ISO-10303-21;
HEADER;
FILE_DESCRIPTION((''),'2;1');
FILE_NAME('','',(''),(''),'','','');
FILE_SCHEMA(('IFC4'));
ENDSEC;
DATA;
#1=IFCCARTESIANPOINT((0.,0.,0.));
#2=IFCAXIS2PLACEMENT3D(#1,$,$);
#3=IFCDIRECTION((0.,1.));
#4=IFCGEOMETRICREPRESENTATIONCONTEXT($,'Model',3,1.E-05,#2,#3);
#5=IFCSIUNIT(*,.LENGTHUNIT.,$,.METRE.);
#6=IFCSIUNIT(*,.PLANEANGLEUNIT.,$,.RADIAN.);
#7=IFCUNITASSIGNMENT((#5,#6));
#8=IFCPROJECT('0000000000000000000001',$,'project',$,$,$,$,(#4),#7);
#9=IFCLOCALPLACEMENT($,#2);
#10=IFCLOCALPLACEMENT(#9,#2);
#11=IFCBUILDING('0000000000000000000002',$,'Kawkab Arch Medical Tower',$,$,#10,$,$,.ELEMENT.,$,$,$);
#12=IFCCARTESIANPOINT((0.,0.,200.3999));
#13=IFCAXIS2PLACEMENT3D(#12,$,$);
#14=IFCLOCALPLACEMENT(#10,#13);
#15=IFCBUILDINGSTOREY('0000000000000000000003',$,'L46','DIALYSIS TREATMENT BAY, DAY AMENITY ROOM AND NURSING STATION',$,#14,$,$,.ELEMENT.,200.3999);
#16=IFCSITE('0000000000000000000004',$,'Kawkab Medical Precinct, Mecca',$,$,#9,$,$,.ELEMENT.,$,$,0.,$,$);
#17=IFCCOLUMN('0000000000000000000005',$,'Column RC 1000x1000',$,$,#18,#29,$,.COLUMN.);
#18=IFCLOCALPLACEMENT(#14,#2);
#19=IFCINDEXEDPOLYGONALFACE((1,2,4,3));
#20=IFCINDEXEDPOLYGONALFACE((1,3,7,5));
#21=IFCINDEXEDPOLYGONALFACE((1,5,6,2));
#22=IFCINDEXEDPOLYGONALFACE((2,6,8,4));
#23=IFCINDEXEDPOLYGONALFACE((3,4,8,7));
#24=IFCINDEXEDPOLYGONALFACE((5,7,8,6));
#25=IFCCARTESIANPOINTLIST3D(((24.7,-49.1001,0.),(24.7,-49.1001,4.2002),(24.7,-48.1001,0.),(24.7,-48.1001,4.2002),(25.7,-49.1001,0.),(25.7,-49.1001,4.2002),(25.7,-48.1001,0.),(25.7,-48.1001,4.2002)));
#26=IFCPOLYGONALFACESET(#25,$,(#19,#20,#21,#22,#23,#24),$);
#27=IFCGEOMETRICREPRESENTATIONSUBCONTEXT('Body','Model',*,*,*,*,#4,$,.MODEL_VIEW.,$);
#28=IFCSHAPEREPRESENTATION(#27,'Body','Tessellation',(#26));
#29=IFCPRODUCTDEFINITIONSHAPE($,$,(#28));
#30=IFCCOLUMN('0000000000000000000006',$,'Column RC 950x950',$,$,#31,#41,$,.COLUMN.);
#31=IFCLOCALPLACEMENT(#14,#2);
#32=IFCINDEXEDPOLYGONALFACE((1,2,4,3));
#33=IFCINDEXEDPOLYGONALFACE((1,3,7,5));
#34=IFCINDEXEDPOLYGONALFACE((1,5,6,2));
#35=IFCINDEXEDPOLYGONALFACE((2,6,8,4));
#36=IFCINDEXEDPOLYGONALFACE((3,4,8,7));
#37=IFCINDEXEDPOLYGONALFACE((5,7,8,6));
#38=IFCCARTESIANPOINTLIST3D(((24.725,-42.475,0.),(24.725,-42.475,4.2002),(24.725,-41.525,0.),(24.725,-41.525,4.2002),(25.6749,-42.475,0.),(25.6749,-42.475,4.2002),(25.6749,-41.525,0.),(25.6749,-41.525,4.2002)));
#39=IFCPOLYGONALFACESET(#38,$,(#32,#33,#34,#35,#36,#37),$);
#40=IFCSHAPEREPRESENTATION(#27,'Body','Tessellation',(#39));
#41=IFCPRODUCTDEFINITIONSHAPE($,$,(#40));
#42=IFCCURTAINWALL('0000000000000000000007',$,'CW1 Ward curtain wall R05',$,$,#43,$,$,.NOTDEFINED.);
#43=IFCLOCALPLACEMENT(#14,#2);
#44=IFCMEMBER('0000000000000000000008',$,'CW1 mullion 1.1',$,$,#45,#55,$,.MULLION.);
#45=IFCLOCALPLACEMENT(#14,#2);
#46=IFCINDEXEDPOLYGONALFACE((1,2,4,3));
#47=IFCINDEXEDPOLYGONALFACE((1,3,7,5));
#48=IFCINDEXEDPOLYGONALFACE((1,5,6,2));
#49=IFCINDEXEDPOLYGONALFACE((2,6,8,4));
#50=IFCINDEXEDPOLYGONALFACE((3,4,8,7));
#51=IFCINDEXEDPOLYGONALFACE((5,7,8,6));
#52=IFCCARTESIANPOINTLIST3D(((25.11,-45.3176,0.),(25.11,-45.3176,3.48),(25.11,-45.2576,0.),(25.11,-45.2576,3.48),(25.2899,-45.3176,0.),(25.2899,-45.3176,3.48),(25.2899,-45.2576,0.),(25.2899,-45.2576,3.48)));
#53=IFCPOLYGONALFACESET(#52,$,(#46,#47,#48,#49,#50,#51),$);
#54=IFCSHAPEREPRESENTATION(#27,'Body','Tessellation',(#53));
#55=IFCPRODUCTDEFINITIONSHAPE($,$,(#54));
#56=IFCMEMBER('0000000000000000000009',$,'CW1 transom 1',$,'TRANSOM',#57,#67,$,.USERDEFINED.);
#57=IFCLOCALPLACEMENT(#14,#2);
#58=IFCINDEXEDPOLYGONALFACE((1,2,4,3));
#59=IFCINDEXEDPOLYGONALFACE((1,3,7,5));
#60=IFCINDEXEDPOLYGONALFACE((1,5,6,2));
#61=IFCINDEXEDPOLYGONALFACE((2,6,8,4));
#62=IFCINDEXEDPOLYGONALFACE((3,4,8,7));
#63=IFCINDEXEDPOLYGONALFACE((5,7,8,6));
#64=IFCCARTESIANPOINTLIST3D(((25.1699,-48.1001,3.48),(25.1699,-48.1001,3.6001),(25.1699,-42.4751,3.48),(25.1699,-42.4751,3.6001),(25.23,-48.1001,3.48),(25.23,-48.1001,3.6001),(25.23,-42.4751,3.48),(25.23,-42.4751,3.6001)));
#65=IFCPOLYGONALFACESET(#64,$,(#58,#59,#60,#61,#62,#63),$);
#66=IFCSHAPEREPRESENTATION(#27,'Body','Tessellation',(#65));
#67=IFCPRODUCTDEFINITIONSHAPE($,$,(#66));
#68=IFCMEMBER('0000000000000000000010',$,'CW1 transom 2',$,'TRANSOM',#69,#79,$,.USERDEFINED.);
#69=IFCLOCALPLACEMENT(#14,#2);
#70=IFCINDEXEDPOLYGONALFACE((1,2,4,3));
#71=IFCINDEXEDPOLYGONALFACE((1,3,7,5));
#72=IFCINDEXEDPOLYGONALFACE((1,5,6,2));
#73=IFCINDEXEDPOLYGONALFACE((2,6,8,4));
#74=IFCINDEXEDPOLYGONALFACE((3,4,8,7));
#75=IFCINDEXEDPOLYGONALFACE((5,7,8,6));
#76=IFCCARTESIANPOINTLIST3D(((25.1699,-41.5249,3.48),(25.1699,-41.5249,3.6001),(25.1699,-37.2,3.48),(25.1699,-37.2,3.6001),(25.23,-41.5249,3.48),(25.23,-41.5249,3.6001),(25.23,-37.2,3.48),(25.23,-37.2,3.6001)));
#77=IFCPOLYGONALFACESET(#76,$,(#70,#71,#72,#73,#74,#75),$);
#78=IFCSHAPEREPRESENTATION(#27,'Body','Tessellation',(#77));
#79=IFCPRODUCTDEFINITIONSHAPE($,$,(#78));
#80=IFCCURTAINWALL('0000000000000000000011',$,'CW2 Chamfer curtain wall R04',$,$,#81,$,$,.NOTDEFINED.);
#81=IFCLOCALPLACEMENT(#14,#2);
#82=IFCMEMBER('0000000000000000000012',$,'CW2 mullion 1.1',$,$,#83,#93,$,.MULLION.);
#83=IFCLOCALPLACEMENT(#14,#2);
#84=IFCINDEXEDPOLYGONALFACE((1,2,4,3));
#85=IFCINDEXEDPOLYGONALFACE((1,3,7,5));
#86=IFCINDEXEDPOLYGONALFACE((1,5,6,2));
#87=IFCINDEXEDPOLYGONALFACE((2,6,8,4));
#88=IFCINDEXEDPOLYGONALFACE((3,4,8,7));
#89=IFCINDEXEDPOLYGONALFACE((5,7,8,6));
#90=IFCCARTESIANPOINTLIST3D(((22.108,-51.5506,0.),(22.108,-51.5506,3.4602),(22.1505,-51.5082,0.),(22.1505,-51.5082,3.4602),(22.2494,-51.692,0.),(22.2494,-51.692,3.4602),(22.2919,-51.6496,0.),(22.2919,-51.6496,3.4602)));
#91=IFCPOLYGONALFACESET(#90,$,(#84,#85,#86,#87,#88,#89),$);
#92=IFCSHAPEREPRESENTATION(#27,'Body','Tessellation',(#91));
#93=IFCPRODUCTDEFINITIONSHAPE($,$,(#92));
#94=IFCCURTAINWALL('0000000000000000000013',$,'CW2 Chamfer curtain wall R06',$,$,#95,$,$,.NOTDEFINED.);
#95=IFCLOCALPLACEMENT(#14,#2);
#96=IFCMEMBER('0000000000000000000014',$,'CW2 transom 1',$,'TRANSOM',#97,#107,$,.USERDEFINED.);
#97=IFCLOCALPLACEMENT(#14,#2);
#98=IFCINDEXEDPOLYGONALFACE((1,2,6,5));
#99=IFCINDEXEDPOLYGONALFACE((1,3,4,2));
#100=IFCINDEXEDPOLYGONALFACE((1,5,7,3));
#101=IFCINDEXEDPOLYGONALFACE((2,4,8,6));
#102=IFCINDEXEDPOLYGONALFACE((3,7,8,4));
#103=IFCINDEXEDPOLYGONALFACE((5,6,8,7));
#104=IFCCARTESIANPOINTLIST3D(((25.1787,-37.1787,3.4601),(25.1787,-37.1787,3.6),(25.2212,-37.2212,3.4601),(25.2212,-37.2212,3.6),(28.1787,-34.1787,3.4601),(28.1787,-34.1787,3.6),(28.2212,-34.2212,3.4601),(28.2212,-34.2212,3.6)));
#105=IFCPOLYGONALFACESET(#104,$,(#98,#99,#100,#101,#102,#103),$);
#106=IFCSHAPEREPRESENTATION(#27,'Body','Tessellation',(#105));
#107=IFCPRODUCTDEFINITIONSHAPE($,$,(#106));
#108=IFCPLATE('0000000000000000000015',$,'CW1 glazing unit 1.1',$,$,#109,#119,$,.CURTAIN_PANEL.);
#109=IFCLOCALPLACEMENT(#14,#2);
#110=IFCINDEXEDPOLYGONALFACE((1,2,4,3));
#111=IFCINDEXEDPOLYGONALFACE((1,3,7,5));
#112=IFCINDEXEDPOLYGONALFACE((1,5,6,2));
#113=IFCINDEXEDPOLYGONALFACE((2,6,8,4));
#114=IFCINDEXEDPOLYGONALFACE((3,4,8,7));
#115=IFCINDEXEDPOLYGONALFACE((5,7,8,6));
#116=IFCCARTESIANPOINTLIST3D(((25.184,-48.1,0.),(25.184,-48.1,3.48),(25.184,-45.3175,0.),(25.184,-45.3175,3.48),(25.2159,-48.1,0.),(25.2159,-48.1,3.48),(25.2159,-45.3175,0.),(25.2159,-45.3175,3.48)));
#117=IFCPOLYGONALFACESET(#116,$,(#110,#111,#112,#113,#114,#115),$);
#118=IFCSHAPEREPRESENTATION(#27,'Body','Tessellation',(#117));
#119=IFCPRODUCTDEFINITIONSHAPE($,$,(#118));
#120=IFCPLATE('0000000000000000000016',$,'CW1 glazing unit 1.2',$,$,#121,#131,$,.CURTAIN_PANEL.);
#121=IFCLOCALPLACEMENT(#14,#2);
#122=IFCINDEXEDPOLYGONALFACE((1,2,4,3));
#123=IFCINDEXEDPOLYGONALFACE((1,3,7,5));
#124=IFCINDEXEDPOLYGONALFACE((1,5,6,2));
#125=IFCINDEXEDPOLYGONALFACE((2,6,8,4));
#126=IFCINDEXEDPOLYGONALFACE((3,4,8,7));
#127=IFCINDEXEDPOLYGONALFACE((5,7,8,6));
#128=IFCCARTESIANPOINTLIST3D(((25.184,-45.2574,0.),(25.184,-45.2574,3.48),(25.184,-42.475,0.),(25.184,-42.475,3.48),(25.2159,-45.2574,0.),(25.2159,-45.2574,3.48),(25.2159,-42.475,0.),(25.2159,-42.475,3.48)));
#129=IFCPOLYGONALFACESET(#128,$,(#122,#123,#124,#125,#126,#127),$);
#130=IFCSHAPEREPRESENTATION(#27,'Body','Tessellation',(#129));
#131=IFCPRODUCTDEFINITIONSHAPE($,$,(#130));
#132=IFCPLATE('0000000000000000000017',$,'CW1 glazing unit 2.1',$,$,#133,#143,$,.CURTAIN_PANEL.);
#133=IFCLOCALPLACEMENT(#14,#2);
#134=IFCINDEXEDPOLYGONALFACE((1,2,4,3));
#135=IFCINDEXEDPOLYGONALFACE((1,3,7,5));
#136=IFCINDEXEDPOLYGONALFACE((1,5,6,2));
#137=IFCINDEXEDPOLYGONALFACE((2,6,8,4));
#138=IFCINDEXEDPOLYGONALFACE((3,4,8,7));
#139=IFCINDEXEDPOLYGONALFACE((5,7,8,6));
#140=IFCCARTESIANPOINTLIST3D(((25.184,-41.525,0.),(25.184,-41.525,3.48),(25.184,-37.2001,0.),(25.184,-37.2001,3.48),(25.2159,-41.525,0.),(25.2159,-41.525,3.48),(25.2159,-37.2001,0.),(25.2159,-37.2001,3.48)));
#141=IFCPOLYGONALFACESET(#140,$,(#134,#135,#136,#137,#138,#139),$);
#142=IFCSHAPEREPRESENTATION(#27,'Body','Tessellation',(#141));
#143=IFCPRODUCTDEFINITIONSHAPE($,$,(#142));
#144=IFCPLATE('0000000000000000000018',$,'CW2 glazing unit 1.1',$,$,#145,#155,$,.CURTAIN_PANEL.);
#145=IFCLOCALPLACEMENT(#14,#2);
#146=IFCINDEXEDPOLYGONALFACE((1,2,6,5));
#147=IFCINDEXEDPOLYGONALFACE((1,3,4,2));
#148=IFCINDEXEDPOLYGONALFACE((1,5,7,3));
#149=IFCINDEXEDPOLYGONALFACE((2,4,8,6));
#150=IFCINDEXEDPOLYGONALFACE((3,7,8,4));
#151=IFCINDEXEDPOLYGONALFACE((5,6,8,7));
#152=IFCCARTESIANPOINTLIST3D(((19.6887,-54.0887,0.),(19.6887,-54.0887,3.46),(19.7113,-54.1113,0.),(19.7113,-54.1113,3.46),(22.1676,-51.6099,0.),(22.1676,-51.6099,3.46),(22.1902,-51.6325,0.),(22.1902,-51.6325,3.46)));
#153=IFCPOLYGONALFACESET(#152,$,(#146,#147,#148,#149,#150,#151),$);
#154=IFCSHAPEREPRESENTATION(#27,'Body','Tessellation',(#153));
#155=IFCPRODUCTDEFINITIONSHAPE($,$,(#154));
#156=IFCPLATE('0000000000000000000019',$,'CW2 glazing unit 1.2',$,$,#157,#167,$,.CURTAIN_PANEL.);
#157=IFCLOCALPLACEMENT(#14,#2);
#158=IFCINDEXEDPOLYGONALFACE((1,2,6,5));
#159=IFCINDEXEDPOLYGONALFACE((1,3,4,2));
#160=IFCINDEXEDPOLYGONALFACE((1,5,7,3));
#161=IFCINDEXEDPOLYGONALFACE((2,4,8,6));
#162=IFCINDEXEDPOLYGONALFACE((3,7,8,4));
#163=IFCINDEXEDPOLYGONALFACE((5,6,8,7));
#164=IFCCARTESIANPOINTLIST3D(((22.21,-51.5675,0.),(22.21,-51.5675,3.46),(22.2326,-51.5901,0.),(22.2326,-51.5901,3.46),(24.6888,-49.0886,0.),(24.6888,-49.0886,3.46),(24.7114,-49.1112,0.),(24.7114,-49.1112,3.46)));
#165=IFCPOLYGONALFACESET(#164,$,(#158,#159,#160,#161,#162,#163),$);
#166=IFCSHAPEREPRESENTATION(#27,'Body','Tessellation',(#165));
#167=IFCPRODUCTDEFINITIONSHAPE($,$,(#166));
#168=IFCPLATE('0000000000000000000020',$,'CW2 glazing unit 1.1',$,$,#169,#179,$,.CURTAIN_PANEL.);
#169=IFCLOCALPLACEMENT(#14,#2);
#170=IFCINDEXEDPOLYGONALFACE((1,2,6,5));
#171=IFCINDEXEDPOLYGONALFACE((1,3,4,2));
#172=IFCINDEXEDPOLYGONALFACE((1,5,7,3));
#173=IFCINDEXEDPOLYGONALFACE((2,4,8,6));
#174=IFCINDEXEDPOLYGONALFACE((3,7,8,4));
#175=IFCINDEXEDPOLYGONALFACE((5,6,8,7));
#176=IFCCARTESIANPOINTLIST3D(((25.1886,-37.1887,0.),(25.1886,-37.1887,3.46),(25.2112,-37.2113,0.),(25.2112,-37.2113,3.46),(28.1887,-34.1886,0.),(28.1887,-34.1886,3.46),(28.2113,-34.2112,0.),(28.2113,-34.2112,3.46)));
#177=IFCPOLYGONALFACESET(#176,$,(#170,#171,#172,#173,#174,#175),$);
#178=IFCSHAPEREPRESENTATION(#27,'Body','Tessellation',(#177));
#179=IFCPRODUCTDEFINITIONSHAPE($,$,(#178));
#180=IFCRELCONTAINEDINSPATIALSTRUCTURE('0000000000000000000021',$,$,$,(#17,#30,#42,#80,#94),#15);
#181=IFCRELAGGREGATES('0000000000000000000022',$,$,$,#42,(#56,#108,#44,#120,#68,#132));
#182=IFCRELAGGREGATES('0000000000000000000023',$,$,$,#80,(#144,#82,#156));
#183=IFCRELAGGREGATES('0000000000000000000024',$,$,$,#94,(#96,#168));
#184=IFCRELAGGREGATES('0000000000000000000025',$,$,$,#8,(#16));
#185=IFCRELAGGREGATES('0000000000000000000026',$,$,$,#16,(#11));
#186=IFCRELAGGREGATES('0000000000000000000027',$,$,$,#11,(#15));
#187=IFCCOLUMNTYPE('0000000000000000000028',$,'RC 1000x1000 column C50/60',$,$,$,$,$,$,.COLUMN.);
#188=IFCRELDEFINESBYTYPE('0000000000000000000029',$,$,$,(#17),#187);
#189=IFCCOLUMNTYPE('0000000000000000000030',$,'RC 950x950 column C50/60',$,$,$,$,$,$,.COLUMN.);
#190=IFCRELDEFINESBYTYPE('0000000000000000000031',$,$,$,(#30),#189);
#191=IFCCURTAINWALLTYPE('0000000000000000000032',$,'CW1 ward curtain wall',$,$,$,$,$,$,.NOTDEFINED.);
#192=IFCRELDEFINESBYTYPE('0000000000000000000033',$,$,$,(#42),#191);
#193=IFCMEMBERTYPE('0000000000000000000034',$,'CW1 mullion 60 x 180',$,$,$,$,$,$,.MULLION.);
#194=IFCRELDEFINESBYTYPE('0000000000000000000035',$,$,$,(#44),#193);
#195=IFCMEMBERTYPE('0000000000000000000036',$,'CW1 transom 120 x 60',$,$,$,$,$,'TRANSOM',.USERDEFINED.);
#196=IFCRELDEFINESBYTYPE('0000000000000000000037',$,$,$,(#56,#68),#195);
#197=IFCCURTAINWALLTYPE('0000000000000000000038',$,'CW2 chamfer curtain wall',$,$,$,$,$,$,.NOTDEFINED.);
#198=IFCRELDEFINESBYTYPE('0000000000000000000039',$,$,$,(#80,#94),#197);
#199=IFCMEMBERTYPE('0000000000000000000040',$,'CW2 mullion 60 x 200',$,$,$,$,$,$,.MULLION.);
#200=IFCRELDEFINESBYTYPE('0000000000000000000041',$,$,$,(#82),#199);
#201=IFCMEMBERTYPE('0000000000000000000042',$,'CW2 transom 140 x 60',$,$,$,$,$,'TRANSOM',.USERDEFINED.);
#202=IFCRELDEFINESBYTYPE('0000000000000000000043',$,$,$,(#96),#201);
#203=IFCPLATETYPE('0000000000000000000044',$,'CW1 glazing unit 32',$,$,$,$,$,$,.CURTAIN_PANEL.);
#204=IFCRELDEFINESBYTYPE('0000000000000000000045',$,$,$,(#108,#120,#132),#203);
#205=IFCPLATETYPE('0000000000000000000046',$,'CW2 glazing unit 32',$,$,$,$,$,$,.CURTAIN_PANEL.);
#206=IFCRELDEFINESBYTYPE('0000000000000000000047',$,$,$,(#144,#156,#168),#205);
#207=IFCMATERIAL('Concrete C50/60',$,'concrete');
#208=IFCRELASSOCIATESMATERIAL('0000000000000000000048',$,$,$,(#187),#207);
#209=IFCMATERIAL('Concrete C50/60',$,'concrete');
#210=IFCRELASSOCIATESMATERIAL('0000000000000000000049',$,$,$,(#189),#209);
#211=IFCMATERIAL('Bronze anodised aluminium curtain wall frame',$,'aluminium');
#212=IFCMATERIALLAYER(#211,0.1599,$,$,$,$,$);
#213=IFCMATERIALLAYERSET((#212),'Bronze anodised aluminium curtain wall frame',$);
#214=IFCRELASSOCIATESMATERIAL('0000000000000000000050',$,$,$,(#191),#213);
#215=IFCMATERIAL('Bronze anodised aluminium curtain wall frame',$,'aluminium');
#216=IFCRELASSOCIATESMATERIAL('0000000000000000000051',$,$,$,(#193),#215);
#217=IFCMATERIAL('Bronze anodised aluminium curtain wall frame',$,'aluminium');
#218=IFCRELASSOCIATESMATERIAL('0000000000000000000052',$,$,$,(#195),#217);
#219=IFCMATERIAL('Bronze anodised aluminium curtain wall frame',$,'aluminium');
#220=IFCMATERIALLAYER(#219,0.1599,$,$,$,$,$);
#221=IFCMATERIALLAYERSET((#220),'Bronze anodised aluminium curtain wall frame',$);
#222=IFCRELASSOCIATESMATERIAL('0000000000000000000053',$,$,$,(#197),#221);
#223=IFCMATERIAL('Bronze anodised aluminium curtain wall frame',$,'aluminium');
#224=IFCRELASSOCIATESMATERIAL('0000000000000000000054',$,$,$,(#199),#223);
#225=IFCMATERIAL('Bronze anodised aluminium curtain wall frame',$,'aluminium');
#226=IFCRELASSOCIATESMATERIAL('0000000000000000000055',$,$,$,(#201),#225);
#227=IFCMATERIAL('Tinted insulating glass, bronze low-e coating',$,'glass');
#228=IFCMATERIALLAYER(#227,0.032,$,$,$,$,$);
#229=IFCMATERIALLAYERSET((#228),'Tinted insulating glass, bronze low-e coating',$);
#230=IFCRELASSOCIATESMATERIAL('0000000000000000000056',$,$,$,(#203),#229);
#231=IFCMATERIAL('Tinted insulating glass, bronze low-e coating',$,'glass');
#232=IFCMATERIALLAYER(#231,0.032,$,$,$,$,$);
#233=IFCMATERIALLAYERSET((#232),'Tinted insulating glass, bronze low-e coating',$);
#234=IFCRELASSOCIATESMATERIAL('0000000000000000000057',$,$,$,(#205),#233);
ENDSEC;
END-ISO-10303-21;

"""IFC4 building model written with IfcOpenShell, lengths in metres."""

from ifc_helpers import new_model, si_unit, direction, frame, origin, origin_2d, place, context, subcontext, project, spatial, rectangle, extrude, material, layer, layer_set, material_profile, profile_set, type_object, element, aggregate, save


model = new_model("IFC4")

# Units and contexts
model_context = context("Model", 3, precision=1e-05, world=origin(), true_north=direction((0.0, 1.0)))
body_context = subcontext(model_context, "Body", "Model", "MODEL_VIEW")
ifc_project = project(units=[si_unit("LENGTHUNIT", "METRE"), si_unit("PLANEANGLEUNIT", "RADIAN")], contexts=[model_context])

# Site, building, storey
site_placement = place(None, origin())
site = spatial("IfcSite", under=ifc_project, at=site_placement, Name="Kawkab Medical Precinct, Mecca", CompositionType="ELEMENT", RefElevation=0.0)
building_placement = place(site_placement, origin())
building = spatial("IfcBuilding", under=site, at=building_placement, Name="Kawkab Arch Medical Tower", CompositionType="ELEMENT")
storey_placement = place(building_placement, frame((0.0, 0.0, 200.3999)))
storey = spatial("IfcBuildingStorey", under=building, at=storey_placement, Name="L46", Description="DIALYSIS TREATMENT BAY, DAY AMENITY ROOM AND NURSING STATION", CompositionType="ELEMENT", Elevation=200.3999)

# Columns
ifc_material_1 = material(Name="Concrete C50/60", Category="concrete")
ifc_material_profile_1 = material_profile(ifc_material_1, rectangle(XDim=1.0, YDim=1.0, at=origin_2d()), Name="RC 1000x1000")
ifc_profile_set_1 = profile_set([ifc_material_profile_1], Name="Concrete C50/60")
column_type_1 = type_object("IfcColumnType", Name="RC 1000x1000 column C50/60", PredefinedType="COLUMN", material=ifc_profile_set_1)
column_1_placement = place(storey_placement, frame((25.2, -48.6001, 0.0), z_axis=(0.0, 0.0, 1.0), x_axis=(1.0, 0.0, 0.0)))
element("IfcColumn", 1, at=column_1_placement, inside=storey, type_object=column_type_1, Name="Column RC 1000x1000", PredefinedType="COLUMN", context=body_context, shape_type="SweptSolid", body=[
    extrude(rectangle(XDim=1.0, YDim=1.0, at=origin_2d()), origin(), (0.0, 0.0, 1.0), 4.2002),
])
ifc_material_2 = material(Name="Concrete C50/60", Category="concrete")
ifc_material_profile_2 = material_profile(ifc_material_2, rectangle(XDim=0.95, YDim=0.95, at=origin_2d()), Name="RC 950x950")
ifc_profile_set_2 = profile_set([ifc_material_profile_2], Name="Concrete C50/60")
column_type_2 = type_object("IfcColumnType", Name="RC 950x950 column C50/60", PredefinedType="COLUMN", material=ifc_profile_set_2)
column_2_placement = place(storey_placement, frame((25.2, -42.0, 0.0), z_axis=(0.0, 0.0, 1.0), x_axis=(1.0, 0.0, 0.0)))
element("IfcColumn", 2, at=column_2_placement, inside=storey, type_object=column_type_2, Name="Column RC 950x950", PredefinedType="COLUMN", context=body_context, shape_type="SweptSolid", body=[
    extrude(rectangle(XDim=0.95, YDim=0.95, at=origin_2d()), origin(), (0.0, 0.0, 1.0), 4.2002),
])

# Curtain wall, members
ifc_material_3 = material(Name="Bronze anodised aluminium curtain wall frame", Category="aluminium")
ifc_layer_1 = layer(ifc_material_3, 0.1599)
ifc_layer_set_1 = layer_set([ifc_layer_1], Name="Bronze anodised aluminium curtain wall frame")
curtain_wall_type_1 = type_object("IfcCurtainWallType", Name="CW1 ward curtain wall", PredefinedType="NOTDEFINED", material=ifc_layer_set_1)
placement = place(storey_placement, origin())
curtain_wall_1 = element("IfcCurtainWall", 3, at=placement, inside=storey, type_object=curtain_wall_type_1, Name="CW1 Ward curtain wall R05", PredefinedType="NOTDEFINED")
ifc_material_4 = material(Name="Bronze anodised aluminium curtain wall frame", Category="aluminium")
ifc_material_profile_3 = material_profile(ifc_material_4, rectangle(XDim=0.1799, YDim=0.0601, at=origin_2d()), Name="AL 60x180")
ifc_profile_set_3 = profile_set([ifc_material_profile_3], Name="Bronze anodised aluminium curtain wall frame")
member_type_1 = type_object("IfcMemberType", Name="CW1 mullion 60 x 180", PredefinedType="MULLION", material=ifc_profile_set_3)
member_1_placement = place(storey_placement, frame((25.2, -45.2876, 0.0), z_axis=(0.0, 0.0, 1.0), x_axis=(-1.0, 0.0, 0.0)))
member_1 = element("IfcMember", 4, at=member_1_placement, type_object=member_type_1, Name="CW1 mullion 1.1", PredefinedType="MULLION", context=body_context, shape_type="SweptSolid", body=[
    extrude(rectangle(XDim=0.1799, YDim=0.0601, at=origin_2d()), origin(), (0.0, 0.0, 1.0), 3.48),
])
ifc_material_5 = material(Name="Bronze anodised aluminium curtain wall frame", Category="aluminium")
ifc_material_profile_4 = material_profile(ifc_material_5, rectangle(XDim=0.0601, YDim=0.1201, at=origin_2d()), Name="AL 60x120")
ifc_profile_set_4 = profile_set([ifc_material_profile_4], Name="Bronze anodised aluminium curtain wall frame")
member_type_2 = type_object("IfcMemberType", Name="CW1 transom 120 x 60", ElementType="TRANSOM", PredefinedType="USERDEFINED", material=ifc_profile_set_4)
member_2_placement = place(storey_placement, frame((25.2, -48.1001, 3.54), z_axis=(0.0, 1.0, 0.0), x_axis=(-1.0, 0.0, 0.0)))
member_2 = element("IfcMember", 5, at=member_2_placement, type_object=member_type_2, Name="CW1 transom 1", ObjectType="TRANSOM", PredefinedType="USERDEFINED", context=body_context, shape_type="SweptSolid", body=[
    extrude(rectangle(XDim=0.0601, YDim=0.1201, at=origin_2d()), origin(), (0.0, 0.0, 1.0), 5.625),
])
member_3_placement = place(storey_placement, frame((25.2, -41.5249, 3.54), z_axis=(0.0, 1.0, 0.0), x_axis=(-1.0, 0.0, 0.0)))
member_3 = element("IfcMember", 6, at=member_3_placement, type_object=member_type_2, Name="CW1 transom 2", ObjectType="TRANSOM", PredefinedType="USERDEFINED", context=body_context, shape_type="SweptSolid", body=[
    extrude(rectangle(XDim=0.0601, YDim=0.1201, at=origin_2d()), origin(), (0.0, 0.0, 1.0), 4.325),
])

# Curtain walls, members
ifc_material_6 = material(Name="Bronze anodised aluminium curtain wall frame", Category="aluminium")
ifc_layer_2 = layer(ifc_material_6, 0.1599)
ifc_layer_set_2 = layer_set([ifc_layer_2], Name="Bronze anodised aluminium curtain wall frame")
curtain_wall_type_2 = type_object("IfcCurtainWallType", Name="CW2 chamfer curtain wall", PredefinedType="NOTDEFINED", material=ifc_layer_set_2)
curtain_wall_2 = element("IfcCurtainWall", 7, at=placement, inside=storey, type_object=curtain_wall_type_2, Name="CW2 Chamfer curtain wall R04", PredefinedType="NOTDEFINED")
ifc_material_7 = material(Name="Bronze anodised aluminium curtain wall frame", Category="aluminium")
ifc_material_profile_5 = material_profile(ifc_material_7, rectangle(XDim=0.2, YDim=0.0601, at=origin_2d()), Name="AL 60x200")
ifc_profile_set_5 = profile_set([ifc_material_profile_5], Name="Bronze anodised aluminium curtain wall frame")
member_type_3 = type_object("IfcMemberType", Name="CW2 mullion 60 x 200", PredefinedType="MULLION", material=ifc_profile_set_5)
member_4_placement = place(storey_placement, frame((22.2, -51.6001, 0.0), z_axis=(0.0, 0.0, 1.0), x_axis=(-0.707107, 0.707107, 0.0)))
member_4 = element("IfcMember", 8, at=member_4_placement, type_object=member_type_3, Name="CW2 mullion 1.1", PredefinedType="MULLION", context=body_context, shape_type="SweptSolid", body=[
    extrude(rectangle(XDim=0.2, YDim=0.0601, at=origin_2d()), origin(), (0.0, 0.0, 1.0), 3.4602),
])
curtain_wall_3 = element("IfcCurtainWall", 9, at=placement, inside=storey, type_object=curtain_wall_type_2, Name="CW2 Chamfer curtain wall R06", PredefinedType="NOTDEFINED")
ifc_material_8 = material(Name="Bronze anodised aluminium curtain wall frame", Category="aluminium")
ifc_material_profile_6 = material_profile(ifc_material_8, rectangle(XDim=0.0601, YDim=0.1399, at=origin_2d()), Name="AL 60x140")
ifc_profile_set_6 = profile_set([ifc_material_profile_6], Name="Bronze anodised aluminium curtain wall frame")
member_type_4 = type_object("IfcMemberType", Name="CW2 transom 140 x 60", ElementType="TRANSOM", PredefinedType="USERDEFINED", material=ifc_profile_set_6)
member_5_placement = place(storey_placement, frame((25.2, -37.2, 3.53), z_axis=(0.707107, 0.707107, 0.0), x_axis=(-0.707107, 0.707107, 0.0)))
member_5 = element("IfcMember", 10, at=member_5_placement, type_object=member_type_4, Name="CW2 transom 1", ObjectType="TRANSOM", PredefinedType="USERDEFINED", context=body_context, shape_type="SweptSolid", body=[
    extrude(rectangle(XDim=0.0601, YDim=0.1399, at=origin_2d()), origin(), (0.0, 0.0, 1.0), 4.2427),
])

# Plates
ifc_material_9 = material(Name="Tinted insulating glass, bronze low-e coating", Category="glass")
ifc_layer_3 = layer(ifc_material_9, 0.032)
ifc_layer_set_3 = layer_set([ifc_layer_3], Name="Tinted insulating glass, bronze low-e coating")
plate_type_1 = type_object("IfcPlateType", Name="CW1 glazing unit 32", PredefinedType="CURTAIN_PANEL", material=ifc_layer_set_3)
plate_1_placement = place(storey_placement, frame((25.2, -46.7087, 0.0), z_axis=(0.0, 0.0, 1.0), x_axis=(0.0, 1.0, 0.0)))
plate_1 = element("IfcPlate", 11, at=plate_1_placement, type_object=plate_type_1, Name="CW1 glazing unit 1.1", PredefinedType="CURTAIN_PANEL", context=body_context, shape_type="SweptSolid", body=[
    extrude(rectangle(XDim=2.7825, YDim=0.032, at=origin_2d()), origin(), (0.0, 0.0, 1.0), 3.48),
])
plate_2_placement = place(storey_placement, frame((25.2, -43.8662, 0.0), z_axis=(0.0, 0.0, 1.0), x_axis=(0.0, 1.0, 0.0)))
plate_2 = element("IfcPlate", 12, at=plate_2_placement, type_object=plate_type_1, Name="CW1 glazing unit 1.2", PredefinedType="CURTAIN_PANEL", context=body_context, shape_type="SweptSolid", body=[
    extrude(rectangle(XDim=2.7825, YDim=0.032, at=origin_2d()), origin(), (0.0, 0.0, 1.0), 3.48),
])
plate_3_placement = place(storey_placement, frame((25.2, -39.3625, 0.0), z_axis=(0.0, 0.0, 1.0), x_axis=(0.0, 1.0, 0.0)))
plate_3 = element("IfcPlate", 13, at=plate_3_placement, type_object=plate_type_1, Name="CW1 glazing unit 2.1", PredefinedType="CURTAIN_PANEL", context=body_context, shape_type="SweptSolid", body=[
    extrude(rectangle(XDim=4.325, YDim=0.032, at=origin_2d()), origin(), (0.0, 0.0, 1.0), 3.48),
])
aggregate(curtain_wall_1, [member_2, plate_1, member_1, plate_2, member_3, plate_3])
ifc_material_10 = material(Name="Tinted insulating glass, bronze low-e coating", Category="glass")
ifc_layer_4 = layer(ifc_material_10, 0.032)
ifc_layer_set_4 = layer_set([ifc_layer_4], Name="Tinted insulating glass, bronze low-e coating")
plate_type_2 = type_object("IfcPlateType", Name="CW2 glazing unit 32", PredefinedType="CURTAIN_PANEL", material=ifc_layer_set_4)
plate_4_placement = place(storey_placement, frame((20.9395, -52.8606, 0.0), z_axis=(0.0, 0.0, 1.0), x_axis=(0.707107, 0.707107, 0.0)))
plate_4 = element("IfcPlate", 14, at=plate_4_placement, type_object=plate_type_2, Name="CW2 glazing unit 1.1", PredefinedType="CURTAIN_PANEL", context=body_context, shape_type="SweptSolid", body=[
    extrude(rectangle(XDim=3.5056, YDim=0.032, at=origin_2d()), origin(), (0.0, 0.0, 1.0), 3.46),
])
plate_5_placement = place(storey_placement, frame((23.4607, -50.3394, 0.0), z_axis=(0.0, 0.0, 1.0), x_axis=(0.707107, 0.707107, 0.0)))
plate_5 = element("IfcPlate", 15, at=plate_5_placement, type_object=plate_type_2, Name="CW2 glazing unit 1.2", PredefinedType="CURTAIN_PANEL", context=body_context, shape_type="SweptSolid", body=[
    extrude(rectangle(XDim=3.5056, YDim=0.032, at=origin_2d()), origin(), (0.0, 0.0, 1.0), 3.46),
])
aggregate(curtain_wall_2, [plate_4, member_4, plate_5])
plate_6_placement = place(storey_placement, frame((26.7, -35.7, 0.0), z_axis=(0.0, 0.0, 1.0), x_axis=(0.707107, 0.707107, 0.0)))
plate_6 = element("IfcPlate", 16, at=plate_6_placement, type_object=plate_type_2, Name="CW2 glazing unit 1.1", PredefinedType="CURTAIN_PANEL", context=body_context, shape_type="SweptSolid", body=[
    extrude(rectangle(XDim=4.2427, YDim=0.032, at=origin_2d()), origin(), (0.0, 0.0, 1.0), 3.46),
])
aggregate(curtain_wall_3, [member_5, plate_6])

save(model, "model.ifc")
